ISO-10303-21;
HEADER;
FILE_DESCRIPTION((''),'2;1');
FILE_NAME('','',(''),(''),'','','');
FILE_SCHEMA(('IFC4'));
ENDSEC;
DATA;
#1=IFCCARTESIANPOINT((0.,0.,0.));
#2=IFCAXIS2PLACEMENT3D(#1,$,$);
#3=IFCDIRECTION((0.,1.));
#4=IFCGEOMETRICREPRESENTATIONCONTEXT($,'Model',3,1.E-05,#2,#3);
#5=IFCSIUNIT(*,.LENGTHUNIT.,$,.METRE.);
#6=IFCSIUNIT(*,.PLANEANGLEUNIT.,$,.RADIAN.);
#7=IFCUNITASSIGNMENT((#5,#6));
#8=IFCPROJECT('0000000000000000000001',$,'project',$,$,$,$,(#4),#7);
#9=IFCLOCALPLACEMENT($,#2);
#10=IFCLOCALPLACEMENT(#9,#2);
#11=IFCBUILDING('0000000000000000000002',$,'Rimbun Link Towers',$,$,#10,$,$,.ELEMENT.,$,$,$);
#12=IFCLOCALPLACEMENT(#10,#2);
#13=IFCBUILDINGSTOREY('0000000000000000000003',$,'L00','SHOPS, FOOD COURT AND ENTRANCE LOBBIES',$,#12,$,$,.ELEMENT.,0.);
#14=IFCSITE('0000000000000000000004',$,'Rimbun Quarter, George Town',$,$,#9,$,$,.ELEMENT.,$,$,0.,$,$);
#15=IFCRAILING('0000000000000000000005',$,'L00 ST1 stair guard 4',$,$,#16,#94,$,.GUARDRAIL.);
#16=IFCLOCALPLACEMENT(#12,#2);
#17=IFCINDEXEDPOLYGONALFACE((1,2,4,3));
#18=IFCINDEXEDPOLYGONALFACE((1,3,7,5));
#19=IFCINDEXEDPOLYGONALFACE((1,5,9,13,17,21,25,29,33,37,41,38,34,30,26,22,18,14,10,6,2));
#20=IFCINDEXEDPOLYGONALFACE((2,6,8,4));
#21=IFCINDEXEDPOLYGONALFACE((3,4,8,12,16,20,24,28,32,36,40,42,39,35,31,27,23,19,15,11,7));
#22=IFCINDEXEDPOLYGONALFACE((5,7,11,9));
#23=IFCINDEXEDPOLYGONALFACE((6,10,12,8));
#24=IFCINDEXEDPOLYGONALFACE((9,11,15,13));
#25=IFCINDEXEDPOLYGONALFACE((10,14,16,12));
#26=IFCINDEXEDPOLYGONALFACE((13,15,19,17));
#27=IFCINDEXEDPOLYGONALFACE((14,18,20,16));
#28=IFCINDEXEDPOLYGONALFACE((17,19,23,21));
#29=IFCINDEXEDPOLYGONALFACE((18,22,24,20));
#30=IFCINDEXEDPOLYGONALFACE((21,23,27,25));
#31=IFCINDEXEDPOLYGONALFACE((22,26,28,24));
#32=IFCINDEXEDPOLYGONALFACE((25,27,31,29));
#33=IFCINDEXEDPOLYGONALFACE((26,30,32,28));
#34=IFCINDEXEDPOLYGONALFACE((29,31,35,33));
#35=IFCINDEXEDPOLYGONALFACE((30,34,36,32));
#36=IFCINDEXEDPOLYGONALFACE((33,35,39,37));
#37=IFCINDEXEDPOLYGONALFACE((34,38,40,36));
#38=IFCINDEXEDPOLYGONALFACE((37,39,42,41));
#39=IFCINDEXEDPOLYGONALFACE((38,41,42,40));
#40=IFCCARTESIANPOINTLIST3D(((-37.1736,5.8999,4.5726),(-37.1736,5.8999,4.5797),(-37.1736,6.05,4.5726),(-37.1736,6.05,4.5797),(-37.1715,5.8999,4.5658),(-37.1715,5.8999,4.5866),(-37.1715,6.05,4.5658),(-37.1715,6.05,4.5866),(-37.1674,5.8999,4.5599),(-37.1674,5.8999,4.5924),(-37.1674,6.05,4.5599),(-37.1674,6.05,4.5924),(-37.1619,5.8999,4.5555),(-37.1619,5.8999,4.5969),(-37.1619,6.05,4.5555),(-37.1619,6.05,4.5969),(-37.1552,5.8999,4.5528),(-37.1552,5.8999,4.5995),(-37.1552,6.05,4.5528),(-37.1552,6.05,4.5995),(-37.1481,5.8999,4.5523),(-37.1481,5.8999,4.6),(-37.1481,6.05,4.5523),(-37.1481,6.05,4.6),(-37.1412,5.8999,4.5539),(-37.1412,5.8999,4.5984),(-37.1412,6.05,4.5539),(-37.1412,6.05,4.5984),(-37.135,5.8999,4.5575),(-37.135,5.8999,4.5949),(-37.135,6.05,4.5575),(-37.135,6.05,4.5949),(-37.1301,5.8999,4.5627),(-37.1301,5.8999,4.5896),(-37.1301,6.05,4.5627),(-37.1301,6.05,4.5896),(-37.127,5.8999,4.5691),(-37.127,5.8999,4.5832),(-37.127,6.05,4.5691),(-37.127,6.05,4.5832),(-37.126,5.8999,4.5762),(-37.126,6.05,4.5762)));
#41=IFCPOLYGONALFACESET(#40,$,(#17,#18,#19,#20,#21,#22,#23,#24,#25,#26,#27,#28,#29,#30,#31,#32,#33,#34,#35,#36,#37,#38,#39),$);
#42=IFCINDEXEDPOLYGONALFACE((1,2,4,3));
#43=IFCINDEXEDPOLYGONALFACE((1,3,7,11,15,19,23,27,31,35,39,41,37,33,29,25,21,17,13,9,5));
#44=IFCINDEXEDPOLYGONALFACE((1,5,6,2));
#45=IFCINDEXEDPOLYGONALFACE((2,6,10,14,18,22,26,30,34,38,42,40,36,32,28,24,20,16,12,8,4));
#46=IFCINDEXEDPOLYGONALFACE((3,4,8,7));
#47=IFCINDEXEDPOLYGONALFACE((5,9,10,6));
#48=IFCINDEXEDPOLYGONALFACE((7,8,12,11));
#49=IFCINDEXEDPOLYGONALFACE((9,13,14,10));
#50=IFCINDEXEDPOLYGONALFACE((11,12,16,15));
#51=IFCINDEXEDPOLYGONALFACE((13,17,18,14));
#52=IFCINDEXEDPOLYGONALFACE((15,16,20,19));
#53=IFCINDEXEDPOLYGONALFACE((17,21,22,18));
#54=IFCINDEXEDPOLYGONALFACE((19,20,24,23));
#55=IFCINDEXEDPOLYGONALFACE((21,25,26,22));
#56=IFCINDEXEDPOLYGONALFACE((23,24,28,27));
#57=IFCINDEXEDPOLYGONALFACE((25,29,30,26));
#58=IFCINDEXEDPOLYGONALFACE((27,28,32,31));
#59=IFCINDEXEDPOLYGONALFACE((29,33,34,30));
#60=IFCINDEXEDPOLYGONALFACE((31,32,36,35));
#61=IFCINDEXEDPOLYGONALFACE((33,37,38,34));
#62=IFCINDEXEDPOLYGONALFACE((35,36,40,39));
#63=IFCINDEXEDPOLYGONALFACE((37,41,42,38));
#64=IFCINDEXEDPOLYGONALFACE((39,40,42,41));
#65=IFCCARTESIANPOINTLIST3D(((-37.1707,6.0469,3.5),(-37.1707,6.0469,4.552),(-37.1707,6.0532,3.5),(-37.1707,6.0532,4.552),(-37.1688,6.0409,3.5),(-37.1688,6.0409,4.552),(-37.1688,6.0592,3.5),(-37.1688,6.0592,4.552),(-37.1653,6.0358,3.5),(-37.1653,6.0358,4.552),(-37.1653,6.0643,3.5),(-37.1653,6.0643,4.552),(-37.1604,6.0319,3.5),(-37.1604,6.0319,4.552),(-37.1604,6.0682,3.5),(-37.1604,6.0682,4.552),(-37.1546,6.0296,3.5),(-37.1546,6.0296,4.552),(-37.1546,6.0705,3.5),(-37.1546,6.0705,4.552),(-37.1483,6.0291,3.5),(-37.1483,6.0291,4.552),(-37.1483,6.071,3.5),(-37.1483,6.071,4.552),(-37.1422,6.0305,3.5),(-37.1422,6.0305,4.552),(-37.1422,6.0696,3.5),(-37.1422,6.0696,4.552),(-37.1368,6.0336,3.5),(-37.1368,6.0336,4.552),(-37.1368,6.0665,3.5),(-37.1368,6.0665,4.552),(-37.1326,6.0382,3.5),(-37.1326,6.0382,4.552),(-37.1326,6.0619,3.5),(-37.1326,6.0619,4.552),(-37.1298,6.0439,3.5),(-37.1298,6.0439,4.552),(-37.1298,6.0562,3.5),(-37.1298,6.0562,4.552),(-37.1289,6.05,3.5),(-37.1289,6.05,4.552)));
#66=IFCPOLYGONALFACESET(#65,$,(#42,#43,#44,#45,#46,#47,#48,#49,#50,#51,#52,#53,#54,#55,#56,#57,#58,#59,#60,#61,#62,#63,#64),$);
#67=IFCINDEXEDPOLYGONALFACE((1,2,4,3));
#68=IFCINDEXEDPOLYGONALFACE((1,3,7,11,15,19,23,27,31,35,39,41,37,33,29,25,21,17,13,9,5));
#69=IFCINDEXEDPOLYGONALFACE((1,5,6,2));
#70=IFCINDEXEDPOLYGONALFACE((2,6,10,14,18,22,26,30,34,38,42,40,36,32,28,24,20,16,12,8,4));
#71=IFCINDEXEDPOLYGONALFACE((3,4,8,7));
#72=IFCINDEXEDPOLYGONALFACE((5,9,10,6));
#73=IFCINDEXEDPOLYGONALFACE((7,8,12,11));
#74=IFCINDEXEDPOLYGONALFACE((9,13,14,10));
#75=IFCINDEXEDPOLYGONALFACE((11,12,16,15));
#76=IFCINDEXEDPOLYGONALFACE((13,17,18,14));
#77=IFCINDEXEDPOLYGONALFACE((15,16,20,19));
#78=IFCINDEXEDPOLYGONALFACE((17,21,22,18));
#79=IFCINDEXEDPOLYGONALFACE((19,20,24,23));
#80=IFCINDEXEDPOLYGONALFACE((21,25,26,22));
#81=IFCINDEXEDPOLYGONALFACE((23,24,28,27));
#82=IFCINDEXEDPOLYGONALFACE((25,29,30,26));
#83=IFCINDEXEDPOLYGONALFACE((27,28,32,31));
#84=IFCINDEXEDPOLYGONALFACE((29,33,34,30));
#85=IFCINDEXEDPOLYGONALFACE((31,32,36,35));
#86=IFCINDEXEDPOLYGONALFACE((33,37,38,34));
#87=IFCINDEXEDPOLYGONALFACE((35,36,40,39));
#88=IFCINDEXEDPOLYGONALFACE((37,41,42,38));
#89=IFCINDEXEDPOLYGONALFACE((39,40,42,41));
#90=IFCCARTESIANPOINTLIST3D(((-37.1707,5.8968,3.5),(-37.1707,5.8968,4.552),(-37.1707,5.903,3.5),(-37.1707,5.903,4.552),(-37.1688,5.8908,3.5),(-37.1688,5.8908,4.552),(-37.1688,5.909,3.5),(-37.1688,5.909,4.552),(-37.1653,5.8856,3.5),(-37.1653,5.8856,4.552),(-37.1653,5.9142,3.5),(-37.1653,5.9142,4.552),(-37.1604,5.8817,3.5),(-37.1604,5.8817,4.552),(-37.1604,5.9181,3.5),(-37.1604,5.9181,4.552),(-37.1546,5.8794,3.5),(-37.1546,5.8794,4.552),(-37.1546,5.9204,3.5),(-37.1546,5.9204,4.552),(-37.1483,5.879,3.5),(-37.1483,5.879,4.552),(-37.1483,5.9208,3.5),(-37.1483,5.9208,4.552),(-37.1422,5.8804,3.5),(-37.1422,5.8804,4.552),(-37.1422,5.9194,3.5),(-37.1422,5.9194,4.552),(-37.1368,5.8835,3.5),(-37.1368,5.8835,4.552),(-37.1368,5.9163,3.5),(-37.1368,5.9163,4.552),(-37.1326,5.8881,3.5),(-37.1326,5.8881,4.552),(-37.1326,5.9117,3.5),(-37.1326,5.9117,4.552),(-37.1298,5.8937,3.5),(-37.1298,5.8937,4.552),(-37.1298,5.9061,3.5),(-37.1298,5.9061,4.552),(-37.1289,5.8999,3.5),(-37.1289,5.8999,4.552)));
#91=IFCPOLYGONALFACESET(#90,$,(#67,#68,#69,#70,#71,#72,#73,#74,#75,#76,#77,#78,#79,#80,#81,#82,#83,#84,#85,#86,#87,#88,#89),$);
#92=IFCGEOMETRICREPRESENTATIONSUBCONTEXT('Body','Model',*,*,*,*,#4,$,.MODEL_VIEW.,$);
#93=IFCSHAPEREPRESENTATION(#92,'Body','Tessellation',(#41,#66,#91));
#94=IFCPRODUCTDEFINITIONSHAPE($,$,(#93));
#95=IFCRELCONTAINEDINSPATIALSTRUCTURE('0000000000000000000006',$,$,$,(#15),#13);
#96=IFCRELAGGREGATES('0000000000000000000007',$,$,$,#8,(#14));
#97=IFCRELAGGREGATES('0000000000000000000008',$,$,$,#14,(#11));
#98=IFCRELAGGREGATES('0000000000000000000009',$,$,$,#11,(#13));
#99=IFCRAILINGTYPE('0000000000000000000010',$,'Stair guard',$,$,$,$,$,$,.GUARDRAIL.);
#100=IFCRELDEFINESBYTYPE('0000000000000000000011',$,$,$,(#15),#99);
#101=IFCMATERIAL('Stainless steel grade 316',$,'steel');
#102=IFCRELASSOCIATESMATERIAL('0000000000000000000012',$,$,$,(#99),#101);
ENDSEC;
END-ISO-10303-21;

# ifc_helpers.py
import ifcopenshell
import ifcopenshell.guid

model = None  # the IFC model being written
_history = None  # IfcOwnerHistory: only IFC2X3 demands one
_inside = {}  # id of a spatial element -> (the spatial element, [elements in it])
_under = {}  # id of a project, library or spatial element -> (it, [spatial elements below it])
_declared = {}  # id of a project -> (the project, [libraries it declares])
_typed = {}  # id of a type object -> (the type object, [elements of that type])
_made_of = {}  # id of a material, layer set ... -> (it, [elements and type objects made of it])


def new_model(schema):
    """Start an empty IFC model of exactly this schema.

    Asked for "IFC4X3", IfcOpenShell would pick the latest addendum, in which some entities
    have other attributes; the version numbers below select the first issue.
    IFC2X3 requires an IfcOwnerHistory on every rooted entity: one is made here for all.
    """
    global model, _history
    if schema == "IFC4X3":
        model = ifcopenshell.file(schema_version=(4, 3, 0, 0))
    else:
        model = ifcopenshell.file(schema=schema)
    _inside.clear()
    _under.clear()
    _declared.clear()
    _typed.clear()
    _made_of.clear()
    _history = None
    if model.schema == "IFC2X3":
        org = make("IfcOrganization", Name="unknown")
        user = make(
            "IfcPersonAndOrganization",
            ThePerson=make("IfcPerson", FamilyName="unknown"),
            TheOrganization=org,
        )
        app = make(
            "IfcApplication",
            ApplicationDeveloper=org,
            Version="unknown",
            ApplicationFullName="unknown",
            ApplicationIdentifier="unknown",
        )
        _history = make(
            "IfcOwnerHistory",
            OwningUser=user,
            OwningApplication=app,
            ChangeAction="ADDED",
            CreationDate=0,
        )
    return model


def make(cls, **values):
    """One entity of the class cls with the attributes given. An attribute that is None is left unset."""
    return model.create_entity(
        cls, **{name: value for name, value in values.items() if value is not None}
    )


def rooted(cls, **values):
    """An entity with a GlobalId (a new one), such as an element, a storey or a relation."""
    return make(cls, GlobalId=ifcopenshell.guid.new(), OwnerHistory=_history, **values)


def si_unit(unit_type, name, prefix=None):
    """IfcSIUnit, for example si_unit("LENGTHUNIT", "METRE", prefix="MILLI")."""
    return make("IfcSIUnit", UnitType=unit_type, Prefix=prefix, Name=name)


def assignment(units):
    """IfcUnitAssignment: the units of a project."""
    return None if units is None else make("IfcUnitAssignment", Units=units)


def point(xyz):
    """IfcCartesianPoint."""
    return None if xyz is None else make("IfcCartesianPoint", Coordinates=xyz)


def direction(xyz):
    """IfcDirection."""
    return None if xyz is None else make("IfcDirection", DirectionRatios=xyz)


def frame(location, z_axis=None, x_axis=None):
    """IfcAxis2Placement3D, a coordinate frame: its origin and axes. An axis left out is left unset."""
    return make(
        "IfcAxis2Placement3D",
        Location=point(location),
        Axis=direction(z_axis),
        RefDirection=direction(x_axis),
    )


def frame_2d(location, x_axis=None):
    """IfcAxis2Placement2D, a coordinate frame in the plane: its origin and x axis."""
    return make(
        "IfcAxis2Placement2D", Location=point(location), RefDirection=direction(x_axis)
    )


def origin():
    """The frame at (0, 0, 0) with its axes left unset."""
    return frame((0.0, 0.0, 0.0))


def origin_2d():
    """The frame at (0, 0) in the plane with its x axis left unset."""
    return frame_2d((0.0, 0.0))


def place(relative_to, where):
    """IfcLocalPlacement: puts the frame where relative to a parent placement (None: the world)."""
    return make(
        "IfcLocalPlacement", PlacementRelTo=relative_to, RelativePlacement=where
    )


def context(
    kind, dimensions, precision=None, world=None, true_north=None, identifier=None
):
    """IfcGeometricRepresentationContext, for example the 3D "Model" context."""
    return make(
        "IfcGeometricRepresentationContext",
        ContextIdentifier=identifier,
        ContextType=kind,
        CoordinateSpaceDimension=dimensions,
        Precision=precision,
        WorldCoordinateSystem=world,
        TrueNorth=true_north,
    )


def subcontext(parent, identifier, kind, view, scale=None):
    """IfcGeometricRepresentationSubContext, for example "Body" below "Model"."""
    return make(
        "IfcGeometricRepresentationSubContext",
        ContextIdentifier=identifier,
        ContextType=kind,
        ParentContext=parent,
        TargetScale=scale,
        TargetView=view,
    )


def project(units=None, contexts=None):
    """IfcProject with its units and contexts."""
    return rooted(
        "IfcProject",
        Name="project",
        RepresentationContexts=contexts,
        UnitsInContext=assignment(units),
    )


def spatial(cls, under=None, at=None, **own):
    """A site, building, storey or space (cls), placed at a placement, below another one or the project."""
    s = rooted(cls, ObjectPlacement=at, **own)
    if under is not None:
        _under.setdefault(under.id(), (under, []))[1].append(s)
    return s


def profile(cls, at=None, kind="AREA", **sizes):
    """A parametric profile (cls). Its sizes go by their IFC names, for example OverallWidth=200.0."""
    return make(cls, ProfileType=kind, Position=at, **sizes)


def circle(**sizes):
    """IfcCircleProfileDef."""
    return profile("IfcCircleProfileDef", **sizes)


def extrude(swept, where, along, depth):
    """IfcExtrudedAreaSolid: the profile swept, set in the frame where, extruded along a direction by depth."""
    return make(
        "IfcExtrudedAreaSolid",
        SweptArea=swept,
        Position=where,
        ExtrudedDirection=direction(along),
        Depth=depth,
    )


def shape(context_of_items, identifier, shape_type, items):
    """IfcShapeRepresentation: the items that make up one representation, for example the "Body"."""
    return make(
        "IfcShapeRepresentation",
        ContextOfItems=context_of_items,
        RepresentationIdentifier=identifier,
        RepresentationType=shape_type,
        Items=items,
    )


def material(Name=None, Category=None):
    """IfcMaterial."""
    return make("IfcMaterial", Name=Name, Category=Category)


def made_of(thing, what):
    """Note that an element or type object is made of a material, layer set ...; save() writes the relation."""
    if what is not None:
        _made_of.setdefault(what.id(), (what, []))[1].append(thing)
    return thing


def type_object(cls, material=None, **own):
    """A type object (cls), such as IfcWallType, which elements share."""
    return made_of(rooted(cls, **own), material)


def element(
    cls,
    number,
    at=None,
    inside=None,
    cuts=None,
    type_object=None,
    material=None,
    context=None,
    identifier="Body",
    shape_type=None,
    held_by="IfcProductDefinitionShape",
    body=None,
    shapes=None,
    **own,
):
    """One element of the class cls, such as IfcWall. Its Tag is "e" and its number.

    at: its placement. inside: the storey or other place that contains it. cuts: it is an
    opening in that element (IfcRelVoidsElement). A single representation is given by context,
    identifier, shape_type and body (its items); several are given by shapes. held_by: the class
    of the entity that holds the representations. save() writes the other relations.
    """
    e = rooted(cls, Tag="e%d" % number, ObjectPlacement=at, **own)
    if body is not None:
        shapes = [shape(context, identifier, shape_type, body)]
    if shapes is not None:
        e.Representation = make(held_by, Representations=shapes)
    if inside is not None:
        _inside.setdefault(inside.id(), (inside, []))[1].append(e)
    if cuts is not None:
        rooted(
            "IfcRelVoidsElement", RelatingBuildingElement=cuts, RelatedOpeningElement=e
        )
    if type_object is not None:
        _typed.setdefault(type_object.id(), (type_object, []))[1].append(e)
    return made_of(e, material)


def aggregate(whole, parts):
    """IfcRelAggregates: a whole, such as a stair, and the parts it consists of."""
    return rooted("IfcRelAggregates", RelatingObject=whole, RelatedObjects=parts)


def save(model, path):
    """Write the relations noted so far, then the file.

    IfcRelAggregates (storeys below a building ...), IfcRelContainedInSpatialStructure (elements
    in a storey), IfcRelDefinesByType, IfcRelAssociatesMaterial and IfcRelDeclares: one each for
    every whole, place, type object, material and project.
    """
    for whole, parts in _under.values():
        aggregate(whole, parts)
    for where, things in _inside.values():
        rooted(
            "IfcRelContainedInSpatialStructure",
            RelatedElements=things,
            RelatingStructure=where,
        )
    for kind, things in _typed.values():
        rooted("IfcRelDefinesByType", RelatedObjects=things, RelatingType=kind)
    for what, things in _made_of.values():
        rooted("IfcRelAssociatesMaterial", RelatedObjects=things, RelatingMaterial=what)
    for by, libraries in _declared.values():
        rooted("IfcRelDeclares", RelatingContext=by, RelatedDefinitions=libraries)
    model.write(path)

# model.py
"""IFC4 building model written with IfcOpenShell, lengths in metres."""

from ifc_helpers import new_model, si_unit, direction, frame, origin, origin_2d, place, context, subcontext, project, spatial, circle, extrude, material, type_object, element, save


model = new_model("IFC4")

# Units and contexts
model_context = context("Model", 3, precision=1e-05, world=origin(), true_north=direction((0.0, 1.0)))
body_context = subcontext(model_context, "Body", "Model", "MODEL_VIEW")
ifc_project = project(units=[si_unit("LENGTHUNIT", "METRE"), si_unit("PLANEANGLEUNIT", "RADIAN")], contexts=[model_context])

# Site, building, storey
site_placement = place(None, origin())
site = spatial("IfcSite", under=ifc_project, at=site_placement, Name="Rimbun Quarter, George Town", CompositionType="ELEMENT", RefElevation=0.0)
building_placement = place(site_placement, origin())
building = spatial("IfcBuilding", under=site, at=building_placement, Name="Rimbun Link Towers", CompositionType="ELEMENT")
storey_placement = place(building_placement, origin())
storey = spatial("IfcBuildingStorey", under=building, at=storey_placement, Name="L00", Description="SHOPS, FOOD COURT AND ENTRANCE LOBBIES", CompositionType="ELEMENT", Elevation=0.0)

# Railing
ifc_material_1 = material(Name="Stainless steel grade 316", Category="steel")
railing_type_1 = type_object("IfcRailingType", Name="Stair guard", PredefinedType="GUARDRAIL", material=ifc_material_1)
railing_1_placement = place(storey_placement, frame((-37.1499, 6.05, 3.5)))
element("IfcRailing", 1, at=railing_1_placement, inside=storey, type_object=railing_type_1, Name="L00 ST1 stair guard 4", PredefinedType="GUARDRAIL", context=body_context, shape_type="SweptSolid", body=[
    extrude(circle(Radius=0.0239, at=origin_2d()), frame((0.0, 0.0, 1.0762), z_axis=(0.0, -1.0, 0.0), x_axis=(1.0, 0.0, 0.0)), (0.0, 0.0, 1.0), 0.1501),
    extrude(circle(Radius=0.021, at=origin_2d()), origin(), (0.0, 0.0, 1.0), 1.052),
    extrude(circle(Radius=0.021, at=origin_2d()), frame((0.0, -0.1501, 0.0)), (0.0, 0.0, 1.0), 1.052),
])

save(model, "model.ifc")
